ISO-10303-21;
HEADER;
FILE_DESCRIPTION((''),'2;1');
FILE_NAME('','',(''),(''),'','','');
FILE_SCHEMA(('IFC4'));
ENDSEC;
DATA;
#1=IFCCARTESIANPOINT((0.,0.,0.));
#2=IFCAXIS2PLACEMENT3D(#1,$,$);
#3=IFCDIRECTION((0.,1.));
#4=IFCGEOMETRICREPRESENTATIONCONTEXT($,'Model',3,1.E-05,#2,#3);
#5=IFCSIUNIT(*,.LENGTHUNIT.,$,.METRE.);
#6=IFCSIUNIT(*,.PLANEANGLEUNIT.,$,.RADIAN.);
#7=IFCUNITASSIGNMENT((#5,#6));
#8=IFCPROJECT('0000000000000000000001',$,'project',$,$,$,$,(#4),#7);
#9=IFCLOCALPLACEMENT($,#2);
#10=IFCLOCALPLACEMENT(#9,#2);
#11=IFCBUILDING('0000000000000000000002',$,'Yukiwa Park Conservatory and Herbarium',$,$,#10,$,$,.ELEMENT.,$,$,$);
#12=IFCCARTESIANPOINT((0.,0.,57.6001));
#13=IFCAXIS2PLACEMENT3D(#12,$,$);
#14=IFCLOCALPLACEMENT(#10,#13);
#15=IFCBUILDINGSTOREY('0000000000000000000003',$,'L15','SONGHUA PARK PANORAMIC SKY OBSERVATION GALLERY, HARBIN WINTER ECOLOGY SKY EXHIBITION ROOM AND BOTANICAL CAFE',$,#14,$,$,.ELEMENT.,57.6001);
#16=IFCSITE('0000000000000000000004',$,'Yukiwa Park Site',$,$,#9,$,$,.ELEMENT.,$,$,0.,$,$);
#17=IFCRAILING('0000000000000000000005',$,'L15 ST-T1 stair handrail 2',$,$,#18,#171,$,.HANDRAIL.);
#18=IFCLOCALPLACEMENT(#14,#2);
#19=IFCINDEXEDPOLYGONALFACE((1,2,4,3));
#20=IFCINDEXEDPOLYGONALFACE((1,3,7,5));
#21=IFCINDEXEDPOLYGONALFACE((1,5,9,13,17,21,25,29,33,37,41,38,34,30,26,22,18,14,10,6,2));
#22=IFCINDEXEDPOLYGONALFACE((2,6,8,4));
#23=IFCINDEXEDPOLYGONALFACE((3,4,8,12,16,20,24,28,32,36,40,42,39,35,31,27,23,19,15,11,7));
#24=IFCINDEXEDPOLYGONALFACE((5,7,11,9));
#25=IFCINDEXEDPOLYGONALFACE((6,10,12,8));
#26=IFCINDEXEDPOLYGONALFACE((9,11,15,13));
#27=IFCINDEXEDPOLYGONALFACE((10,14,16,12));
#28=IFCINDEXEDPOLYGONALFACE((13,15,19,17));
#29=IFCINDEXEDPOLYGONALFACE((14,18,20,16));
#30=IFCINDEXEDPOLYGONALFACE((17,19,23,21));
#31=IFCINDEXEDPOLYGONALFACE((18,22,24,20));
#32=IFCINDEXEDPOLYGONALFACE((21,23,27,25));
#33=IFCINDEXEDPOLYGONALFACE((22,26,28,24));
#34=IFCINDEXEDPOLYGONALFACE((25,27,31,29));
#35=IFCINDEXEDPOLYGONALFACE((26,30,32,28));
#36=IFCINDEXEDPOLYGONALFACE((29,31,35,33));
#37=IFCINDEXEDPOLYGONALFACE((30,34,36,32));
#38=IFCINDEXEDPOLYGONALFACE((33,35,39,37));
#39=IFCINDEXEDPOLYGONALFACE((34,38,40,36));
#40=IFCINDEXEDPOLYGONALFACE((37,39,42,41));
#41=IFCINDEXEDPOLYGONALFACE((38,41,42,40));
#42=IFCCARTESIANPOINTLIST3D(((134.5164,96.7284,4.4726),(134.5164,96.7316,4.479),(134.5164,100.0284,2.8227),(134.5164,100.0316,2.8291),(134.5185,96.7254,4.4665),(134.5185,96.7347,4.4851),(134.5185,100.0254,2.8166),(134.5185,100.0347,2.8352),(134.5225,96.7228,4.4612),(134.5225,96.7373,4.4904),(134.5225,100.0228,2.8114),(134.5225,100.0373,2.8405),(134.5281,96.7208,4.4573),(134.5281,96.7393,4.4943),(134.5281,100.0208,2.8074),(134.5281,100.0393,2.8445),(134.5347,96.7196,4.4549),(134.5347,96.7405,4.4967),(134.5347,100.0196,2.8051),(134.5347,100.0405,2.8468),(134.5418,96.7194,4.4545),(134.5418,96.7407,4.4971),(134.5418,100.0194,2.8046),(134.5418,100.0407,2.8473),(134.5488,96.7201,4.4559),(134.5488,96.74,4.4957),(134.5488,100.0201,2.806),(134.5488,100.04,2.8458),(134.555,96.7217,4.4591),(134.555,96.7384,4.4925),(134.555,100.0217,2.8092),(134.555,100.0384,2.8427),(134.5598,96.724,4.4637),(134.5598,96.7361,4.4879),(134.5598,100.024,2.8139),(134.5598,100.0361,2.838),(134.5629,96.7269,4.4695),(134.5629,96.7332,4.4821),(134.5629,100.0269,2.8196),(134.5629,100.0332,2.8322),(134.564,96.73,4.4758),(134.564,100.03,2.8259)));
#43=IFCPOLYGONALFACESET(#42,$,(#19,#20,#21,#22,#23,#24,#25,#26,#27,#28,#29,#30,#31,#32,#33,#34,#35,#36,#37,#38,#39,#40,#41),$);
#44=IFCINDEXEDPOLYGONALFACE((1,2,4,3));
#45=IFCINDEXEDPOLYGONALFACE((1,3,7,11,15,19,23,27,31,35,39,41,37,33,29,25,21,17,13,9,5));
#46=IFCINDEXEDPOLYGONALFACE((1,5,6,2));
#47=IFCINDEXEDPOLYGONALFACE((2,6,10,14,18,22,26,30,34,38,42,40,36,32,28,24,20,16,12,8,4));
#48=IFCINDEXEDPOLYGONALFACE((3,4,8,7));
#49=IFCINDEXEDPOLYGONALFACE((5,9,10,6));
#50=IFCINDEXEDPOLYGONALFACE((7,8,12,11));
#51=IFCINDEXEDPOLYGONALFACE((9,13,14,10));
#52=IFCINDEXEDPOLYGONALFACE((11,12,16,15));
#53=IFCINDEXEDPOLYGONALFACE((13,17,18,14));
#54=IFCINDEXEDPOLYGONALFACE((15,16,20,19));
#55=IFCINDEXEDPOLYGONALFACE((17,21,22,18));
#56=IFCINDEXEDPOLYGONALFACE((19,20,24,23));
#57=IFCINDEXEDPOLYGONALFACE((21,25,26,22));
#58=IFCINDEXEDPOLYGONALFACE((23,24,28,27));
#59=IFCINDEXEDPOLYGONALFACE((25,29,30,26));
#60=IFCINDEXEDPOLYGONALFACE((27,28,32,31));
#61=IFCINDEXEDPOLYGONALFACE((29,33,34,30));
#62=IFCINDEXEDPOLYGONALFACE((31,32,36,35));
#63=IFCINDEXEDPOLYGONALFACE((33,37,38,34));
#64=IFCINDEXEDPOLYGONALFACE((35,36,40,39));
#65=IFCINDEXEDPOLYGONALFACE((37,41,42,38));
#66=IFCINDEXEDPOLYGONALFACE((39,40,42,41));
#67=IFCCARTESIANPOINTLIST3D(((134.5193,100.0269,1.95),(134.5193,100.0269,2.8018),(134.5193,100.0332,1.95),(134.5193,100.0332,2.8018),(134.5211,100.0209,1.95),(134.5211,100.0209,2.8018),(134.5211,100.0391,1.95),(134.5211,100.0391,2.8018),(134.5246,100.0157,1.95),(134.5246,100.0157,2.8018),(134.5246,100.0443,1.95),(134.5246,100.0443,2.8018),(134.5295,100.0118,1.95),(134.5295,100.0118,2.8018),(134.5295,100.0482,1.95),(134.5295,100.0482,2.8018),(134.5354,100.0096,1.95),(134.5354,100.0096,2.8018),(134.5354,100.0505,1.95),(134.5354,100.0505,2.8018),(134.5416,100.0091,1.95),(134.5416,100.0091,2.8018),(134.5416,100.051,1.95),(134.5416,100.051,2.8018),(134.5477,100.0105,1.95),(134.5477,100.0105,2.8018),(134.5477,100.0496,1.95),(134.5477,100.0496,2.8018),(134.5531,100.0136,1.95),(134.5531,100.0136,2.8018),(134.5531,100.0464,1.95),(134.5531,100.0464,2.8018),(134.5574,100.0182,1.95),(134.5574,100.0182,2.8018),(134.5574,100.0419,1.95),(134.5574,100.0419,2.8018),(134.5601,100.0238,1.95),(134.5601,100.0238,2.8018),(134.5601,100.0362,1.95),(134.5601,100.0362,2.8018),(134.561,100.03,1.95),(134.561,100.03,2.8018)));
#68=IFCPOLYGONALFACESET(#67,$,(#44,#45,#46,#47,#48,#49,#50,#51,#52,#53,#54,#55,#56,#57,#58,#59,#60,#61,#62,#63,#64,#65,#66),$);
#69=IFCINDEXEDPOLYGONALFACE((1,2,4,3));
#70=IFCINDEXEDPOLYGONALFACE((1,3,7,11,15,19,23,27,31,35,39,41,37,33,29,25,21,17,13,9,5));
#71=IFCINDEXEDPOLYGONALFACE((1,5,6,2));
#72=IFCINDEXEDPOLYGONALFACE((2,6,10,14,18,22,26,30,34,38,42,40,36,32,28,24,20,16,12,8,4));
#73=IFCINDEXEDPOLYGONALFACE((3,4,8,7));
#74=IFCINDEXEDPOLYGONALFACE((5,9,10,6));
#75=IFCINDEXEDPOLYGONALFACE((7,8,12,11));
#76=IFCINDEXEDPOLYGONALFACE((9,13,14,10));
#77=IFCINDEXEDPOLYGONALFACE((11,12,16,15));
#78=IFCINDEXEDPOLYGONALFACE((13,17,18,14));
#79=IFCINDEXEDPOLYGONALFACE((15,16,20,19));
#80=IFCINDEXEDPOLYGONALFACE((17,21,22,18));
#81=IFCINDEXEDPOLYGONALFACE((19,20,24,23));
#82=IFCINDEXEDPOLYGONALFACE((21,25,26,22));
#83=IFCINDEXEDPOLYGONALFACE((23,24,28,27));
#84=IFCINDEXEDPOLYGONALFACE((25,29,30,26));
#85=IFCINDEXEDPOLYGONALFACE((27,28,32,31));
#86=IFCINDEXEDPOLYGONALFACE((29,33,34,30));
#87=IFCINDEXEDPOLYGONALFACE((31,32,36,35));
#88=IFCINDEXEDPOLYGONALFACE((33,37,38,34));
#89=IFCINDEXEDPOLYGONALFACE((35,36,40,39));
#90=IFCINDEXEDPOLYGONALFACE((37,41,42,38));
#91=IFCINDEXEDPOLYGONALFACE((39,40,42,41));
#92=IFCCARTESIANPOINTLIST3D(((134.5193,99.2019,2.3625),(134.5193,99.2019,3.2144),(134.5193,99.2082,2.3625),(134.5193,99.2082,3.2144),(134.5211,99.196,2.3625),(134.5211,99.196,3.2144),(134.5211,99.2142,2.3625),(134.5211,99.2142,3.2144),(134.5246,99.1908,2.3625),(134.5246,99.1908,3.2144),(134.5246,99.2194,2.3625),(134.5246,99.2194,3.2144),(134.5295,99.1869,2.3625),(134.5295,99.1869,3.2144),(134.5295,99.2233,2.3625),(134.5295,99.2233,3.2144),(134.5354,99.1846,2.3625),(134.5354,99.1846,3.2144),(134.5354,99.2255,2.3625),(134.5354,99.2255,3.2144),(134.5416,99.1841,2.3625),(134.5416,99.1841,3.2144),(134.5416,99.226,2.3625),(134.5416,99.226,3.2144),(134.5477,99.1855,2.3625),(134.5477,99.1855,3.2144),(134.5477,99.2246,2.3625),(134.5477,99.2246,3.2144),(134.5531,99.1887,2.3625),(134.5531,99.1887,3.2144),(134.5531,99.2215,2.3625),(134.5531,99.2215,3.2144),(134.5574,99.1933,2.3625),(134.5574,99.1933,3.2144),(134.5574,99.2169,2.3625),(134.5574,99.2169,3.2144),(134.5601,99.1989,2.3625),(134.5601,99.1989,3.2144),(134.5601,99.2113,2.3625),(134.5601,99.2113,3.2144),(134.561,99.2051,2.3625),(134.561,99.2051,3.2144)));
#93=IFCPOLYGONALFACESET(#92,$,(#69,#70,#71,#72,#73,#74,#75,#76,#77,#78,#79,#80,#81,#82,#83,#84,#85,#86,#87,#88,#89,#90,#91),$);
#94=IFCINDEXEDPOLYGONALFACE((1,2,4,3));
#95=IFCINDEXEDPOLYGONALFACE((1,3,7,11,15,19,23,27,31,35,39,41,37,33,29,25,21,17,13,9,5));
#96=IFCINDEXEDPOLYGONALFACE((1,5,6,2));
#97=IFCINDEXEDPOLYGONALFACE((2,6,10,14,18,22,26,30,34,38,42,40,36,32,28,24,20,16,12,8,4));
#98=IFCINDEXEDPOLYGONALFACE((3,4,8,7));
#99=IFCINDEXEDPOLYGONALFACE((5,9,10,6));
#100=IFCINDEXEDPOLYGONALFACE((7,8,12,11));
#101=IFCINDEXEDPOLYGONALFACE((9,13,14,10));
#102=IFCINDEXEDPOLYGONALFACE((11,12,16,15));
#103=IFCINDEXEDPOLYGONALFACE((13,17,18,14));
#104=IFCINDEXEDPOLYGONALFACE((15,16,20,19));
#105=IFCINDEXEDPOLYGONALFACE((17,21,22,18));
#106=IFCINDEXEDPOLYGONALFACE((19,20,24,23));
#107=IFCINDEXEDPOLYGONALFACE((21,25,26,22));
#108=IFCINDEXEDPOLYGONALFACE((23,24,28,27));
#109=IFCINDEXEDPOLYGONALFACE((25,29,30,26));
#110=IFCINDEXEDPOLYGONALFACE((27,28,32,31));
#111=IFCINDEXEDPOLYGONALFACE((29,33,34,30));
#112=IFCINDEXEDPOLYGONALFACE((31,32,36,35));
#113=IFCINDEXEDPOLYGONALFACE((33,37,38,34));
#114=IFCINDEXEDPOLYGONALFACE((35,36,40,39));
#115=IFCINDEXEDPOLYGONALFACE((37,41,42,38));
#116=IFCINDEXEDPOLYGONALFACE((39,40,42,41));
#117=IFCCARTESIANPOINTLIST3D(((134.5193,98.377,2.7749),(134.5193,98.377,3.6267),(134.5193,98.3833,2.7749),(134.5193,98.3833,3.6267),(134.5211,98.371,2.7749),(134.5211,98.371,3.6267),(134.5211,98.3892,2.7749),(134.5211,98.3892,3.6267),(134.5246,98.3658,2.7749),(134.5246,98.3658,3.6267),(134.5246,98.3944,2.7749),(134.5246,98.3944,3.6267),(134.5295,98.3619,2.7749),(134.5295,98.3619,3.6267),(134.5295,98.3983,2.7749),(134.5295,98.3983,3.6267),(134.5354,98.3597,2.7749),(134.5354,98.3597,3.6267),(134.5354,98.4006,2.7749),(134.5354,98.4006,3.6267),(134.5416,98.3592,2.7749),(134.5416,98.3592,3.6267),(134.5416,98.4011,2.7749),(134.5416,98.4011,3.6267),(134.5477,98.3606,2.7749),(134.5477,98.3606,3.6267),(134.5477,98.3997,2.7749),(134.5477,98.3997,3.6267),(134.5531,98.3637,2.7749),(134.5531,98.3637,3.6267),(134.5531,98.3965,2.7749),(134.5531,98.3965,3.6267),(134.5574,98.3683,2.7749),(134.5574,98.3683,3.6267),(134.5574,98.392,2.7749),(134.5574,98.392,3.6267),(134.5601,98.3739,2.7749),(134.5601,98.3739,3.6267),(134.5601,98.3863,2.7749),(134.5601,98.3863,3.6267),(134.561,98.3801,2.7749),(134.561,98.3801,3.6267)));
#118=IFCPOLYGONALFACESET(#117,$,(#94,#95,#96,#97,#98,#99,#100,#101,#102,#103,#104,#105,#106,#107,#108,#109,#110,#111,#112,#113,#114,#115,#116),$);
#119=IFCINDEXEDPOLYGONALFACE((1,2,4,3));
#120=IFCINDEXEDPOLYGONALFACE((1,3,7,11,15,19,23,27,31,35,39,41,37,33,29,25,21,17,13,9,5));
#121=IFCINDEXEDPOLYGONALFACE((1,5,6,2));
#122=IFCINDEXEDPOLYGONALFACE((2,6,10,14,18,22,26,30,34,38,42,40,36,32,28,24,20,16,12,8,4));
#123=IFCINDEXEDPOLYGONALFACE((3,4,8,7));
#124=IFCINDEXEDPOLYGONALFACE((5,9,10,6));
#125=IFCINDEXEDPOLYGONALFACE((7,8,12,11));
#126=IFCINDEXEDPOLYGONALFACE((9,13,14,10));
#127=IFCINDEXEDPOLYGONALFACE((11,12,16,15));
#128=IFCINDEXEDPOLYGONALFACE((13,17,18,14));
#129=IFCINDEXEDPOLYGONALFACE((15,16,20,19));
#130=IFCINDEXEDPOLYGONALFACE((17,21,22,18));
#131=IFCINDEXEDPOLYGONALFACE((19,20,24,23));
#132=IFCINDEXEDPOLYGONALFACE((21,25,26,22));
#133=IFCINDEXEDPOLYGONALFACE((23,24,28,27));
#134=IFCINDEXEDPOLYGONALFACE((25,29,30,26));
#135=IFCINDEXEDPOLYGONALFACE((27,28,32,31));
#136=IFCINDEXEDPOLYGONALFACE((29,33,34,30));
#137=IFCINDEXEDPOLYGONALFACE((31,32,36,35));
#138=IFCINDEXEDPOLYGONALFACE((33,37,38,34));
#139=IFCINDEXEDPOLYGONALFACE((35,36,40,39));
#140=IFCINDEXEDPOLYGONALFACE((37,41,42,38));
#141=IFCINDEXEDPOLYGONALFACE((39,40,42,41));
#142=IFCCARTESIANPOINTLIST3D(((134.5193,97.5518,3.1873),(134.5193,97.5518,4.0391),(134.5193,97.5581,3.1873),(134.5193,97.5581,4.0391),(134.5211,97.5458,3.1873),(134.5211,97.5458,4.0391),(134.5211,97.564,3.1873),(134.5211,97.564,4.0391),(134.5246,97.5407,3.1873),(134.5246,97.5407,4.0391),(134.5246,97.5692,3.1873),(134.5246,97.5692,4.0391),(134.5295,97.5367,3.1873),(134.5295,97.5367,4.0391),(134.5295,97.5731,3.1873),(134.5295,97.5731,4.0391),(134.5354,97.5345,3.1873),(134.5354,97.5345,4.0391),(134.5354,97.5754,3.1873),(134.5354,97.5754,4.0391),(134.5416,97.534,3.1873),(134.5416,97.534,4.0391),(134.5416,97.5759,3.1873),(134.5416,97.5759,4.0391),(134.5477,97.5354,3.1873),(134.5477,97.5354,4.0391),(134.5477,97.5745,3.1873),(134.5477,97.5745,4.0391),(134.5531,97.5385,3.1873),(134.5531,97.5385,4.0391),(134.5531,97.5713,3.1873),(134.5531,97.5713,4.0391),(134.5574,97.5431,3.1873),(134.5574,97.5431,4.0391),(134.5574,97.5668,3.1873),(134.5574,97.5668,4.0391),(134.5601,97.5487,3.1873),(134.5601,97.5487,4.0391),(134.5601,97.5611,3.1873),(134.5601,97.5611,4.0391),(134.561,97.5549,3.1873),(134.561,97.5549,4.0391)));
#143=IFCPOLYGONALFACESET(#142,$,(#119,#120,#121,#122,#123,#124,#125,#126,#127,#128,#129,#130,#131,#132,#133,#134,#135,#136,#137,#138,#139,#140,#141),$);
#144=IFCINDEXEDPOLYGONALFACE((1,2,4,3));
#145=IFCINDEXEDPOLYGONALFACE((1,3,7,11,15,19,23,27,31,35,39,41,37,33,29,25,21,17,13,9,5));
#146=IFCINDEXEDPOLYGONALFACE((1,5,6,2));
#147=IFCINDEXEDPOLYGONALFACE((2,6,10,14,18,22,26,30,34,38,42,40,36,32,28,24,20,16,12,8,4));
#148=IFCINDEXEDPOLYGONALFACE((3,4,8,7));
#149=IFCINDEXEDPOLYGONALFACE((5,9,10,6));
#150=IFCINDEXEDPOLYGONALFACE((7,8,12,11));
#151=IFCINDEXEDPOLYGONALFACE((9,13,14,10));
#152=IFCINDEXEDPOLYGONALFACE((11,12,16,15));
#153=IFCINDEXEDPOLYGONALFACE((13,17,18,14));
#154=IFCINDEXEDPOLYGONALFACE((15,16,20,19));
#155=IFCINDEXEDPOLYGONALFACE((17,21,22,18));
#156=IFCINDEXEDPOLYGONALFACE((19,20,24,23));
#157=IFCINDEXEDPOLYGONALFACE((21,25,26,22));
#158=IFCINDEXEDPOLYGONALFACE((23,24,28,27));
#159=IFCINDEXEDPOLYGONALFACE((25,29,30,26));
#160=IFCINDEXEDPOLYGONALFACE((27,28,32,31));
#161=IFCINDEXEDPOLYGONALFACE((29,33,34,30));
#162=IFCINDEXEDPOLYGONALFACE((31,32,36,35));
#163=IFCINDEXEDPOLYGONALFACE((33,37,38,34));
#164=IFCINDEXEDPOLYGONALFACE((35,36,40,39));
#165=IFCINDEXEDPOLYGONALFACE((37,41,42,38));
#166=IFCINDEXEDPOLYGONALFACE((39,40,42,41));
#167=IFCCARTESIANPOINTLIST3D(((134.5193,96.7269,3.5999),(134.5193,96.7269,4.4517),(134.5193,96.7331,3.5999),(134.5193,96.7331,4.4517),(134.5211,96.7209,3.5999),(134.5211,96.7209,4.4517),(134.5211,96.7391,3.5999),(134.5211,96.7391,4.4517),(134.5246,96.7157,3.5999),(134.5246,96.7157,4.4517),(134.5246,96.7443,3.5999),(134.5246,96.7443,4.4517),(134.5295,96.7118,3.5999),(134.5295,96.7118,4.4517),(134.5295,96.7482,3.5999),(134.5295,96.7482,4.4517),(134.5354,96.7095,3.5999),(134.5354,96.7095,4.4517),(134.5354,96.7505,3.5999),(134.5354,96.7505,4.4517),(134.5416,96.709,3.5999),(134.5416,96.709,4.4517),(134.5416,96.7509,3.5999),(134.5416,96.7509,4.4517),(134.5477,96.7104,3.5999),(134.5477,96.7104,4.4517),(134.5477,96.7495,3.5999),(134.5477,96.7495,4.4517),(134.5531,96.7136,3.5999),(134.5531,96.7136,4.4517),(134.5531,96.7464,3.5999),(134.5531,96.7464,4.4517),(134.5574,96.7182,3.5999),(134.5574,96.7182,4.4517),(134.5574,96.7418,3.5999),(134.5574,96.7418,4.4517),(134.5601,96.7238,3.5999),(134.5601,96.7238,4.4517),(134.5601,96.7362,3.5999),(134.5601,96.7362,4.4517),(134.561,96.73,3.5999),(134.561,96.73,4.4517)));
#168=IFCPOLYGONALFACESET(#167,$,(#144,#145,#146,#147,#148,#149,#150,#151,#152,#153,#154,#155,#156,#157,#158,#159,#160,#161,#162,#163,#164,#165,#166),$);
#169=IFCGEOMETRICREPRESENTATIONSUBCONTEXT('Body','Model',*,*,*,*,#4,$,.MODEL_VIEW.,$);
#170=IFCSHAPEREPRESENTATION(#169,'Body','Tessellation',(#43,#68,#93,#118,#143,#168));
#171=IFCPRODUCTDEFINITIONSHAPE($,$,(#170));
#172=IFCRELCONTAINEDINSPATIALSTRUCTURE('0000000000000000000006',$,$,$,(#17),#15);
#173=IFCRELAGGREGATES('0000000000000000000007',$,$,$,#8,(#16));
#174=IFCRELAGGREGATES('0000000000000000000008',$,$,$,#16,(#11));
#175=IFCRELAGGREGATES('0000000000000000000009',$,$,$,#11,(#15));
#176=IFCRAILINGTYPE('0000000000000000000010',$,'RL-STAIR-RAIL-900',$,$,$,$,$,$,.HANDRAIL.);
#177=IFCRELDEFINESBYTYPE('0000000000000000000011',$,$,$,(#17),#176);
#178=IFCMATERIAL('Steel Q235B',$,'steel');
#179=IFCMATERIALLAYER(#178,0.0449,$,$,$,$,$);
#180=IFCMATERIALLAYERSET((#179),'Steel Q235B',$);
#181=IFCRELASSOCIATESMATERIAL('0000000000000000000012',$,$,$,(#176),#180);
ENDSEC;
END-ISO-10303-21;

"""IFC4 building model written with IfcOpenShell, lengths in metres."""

from ifc_helpers import new_model, si_unit, direction, frame, origin, origin_2d, place, context, subcontext, project, spatial, circle, extrude, material, layer, layer_set, type_object, element, save


model = new_model("IFC4")

# Units and contexts
model_context = context("Model", 3, precision=1e-05, world=origin(), true_north=direction((0.0, 1.0)))
body_context = subcontext(model_context, "Body", "Model", "MODEL_VIEW")
ifc_project = project(units=[si_unit("LENGTHUNIT", "METRE"), si_unit("PLANEANGLEUNIT", "RADIAN")], contexts=[model_context])

# Site, building, storey
site_placement = place(None, origin())
site = spatial("IfcSite", under=ifc_project, at=site_placement, Name="Yukiwa Park Site", CompositionType="ELEMENT", RefElevation=0.0)
building_placement = place(site_placement, origin())
building = spatial("IfcBuilding", under=site, at=building_placement, Name="Yukiwa Park Conservatory and Herbarium", CompositionType="ELEMENT")
storey_placement = place(building_placement, frame((0.0, 0.0, 57.6001)))
storey = spatial("IfcBuildingStorey", under=building, at=storey_placement, Name="L15", Description="SONGHUA PARK PANORAMIC SKY OBSERVATION GALLERY, HARBIN WINTER ECOLOGY SKY EXHIBITION ROOM AND BOTANICAL CAFE", CompositionType="ELEMENT", Elevation=57.6001)

# Railing
ifc_material_1 = material(Name="Steel Q235B", Category="steel")
ifc_layer_1 = layer(ifc_material_1, 0.0449)
ifc_layer_set_1 = layer_set([ifc_layer_1], Name="Steel Q235B")
railing_type_1 = type_object("IfcRailingType", Name="RL-STAIR-RAIL-900", PredefinedType="HANDRAIL", material=ifc_layer_set_1)
railing_1_placement = place(storey_placement, frame((134.54, 100.03, 1.95)))
element("IfcRailing", 1, at=railing_1_placement, inside=storey, type_object=railing_type_1, Name="L15 ST-T1 stair handrail 2", PredefinedType="HANDRAIL", context=body_context, shape_type="SweptSolid", body=[
    extrude(circle(Radius=0.0239, at=origin_2d()), frame((0.0, 0.0, 0.876), z_axis=(0.0, -0.89444, 0.447187), x_axis=(1.0, 0.0, 0.0)), (0.0, 0.0, 1.0), 3.6895),
    extrude(circle(Radius=0.021, at=origin_2d()), origin(), (0.0, 0.0, 1.0), 0.8518),
    extrude(circle(Radius=0.021, at=origin_2d()), frame((0.0, -0.825, 0.4126)), (0.0, 0.0, 1.0), 0.8518),
    extrude(circle(Radius=0.021, at=origin_2d()), frame((0.0, -1.6499, 0.825)), (0.0, 0.0, 1.0), 0.8518),
    extrude(circle(Radius=0.021, at=origin_2d()), frame((0.0, -2.4751, 1.2373)), (0.0, 0.0, 1.0), 0.8518),
    extrude(circle(Radius=0.021, at=origin_2d()), frame((0.0, -3.3, 1.6499)), (0.0, 0.0, 1.0), 0.8518),
])

save(model, "model.ifc")
